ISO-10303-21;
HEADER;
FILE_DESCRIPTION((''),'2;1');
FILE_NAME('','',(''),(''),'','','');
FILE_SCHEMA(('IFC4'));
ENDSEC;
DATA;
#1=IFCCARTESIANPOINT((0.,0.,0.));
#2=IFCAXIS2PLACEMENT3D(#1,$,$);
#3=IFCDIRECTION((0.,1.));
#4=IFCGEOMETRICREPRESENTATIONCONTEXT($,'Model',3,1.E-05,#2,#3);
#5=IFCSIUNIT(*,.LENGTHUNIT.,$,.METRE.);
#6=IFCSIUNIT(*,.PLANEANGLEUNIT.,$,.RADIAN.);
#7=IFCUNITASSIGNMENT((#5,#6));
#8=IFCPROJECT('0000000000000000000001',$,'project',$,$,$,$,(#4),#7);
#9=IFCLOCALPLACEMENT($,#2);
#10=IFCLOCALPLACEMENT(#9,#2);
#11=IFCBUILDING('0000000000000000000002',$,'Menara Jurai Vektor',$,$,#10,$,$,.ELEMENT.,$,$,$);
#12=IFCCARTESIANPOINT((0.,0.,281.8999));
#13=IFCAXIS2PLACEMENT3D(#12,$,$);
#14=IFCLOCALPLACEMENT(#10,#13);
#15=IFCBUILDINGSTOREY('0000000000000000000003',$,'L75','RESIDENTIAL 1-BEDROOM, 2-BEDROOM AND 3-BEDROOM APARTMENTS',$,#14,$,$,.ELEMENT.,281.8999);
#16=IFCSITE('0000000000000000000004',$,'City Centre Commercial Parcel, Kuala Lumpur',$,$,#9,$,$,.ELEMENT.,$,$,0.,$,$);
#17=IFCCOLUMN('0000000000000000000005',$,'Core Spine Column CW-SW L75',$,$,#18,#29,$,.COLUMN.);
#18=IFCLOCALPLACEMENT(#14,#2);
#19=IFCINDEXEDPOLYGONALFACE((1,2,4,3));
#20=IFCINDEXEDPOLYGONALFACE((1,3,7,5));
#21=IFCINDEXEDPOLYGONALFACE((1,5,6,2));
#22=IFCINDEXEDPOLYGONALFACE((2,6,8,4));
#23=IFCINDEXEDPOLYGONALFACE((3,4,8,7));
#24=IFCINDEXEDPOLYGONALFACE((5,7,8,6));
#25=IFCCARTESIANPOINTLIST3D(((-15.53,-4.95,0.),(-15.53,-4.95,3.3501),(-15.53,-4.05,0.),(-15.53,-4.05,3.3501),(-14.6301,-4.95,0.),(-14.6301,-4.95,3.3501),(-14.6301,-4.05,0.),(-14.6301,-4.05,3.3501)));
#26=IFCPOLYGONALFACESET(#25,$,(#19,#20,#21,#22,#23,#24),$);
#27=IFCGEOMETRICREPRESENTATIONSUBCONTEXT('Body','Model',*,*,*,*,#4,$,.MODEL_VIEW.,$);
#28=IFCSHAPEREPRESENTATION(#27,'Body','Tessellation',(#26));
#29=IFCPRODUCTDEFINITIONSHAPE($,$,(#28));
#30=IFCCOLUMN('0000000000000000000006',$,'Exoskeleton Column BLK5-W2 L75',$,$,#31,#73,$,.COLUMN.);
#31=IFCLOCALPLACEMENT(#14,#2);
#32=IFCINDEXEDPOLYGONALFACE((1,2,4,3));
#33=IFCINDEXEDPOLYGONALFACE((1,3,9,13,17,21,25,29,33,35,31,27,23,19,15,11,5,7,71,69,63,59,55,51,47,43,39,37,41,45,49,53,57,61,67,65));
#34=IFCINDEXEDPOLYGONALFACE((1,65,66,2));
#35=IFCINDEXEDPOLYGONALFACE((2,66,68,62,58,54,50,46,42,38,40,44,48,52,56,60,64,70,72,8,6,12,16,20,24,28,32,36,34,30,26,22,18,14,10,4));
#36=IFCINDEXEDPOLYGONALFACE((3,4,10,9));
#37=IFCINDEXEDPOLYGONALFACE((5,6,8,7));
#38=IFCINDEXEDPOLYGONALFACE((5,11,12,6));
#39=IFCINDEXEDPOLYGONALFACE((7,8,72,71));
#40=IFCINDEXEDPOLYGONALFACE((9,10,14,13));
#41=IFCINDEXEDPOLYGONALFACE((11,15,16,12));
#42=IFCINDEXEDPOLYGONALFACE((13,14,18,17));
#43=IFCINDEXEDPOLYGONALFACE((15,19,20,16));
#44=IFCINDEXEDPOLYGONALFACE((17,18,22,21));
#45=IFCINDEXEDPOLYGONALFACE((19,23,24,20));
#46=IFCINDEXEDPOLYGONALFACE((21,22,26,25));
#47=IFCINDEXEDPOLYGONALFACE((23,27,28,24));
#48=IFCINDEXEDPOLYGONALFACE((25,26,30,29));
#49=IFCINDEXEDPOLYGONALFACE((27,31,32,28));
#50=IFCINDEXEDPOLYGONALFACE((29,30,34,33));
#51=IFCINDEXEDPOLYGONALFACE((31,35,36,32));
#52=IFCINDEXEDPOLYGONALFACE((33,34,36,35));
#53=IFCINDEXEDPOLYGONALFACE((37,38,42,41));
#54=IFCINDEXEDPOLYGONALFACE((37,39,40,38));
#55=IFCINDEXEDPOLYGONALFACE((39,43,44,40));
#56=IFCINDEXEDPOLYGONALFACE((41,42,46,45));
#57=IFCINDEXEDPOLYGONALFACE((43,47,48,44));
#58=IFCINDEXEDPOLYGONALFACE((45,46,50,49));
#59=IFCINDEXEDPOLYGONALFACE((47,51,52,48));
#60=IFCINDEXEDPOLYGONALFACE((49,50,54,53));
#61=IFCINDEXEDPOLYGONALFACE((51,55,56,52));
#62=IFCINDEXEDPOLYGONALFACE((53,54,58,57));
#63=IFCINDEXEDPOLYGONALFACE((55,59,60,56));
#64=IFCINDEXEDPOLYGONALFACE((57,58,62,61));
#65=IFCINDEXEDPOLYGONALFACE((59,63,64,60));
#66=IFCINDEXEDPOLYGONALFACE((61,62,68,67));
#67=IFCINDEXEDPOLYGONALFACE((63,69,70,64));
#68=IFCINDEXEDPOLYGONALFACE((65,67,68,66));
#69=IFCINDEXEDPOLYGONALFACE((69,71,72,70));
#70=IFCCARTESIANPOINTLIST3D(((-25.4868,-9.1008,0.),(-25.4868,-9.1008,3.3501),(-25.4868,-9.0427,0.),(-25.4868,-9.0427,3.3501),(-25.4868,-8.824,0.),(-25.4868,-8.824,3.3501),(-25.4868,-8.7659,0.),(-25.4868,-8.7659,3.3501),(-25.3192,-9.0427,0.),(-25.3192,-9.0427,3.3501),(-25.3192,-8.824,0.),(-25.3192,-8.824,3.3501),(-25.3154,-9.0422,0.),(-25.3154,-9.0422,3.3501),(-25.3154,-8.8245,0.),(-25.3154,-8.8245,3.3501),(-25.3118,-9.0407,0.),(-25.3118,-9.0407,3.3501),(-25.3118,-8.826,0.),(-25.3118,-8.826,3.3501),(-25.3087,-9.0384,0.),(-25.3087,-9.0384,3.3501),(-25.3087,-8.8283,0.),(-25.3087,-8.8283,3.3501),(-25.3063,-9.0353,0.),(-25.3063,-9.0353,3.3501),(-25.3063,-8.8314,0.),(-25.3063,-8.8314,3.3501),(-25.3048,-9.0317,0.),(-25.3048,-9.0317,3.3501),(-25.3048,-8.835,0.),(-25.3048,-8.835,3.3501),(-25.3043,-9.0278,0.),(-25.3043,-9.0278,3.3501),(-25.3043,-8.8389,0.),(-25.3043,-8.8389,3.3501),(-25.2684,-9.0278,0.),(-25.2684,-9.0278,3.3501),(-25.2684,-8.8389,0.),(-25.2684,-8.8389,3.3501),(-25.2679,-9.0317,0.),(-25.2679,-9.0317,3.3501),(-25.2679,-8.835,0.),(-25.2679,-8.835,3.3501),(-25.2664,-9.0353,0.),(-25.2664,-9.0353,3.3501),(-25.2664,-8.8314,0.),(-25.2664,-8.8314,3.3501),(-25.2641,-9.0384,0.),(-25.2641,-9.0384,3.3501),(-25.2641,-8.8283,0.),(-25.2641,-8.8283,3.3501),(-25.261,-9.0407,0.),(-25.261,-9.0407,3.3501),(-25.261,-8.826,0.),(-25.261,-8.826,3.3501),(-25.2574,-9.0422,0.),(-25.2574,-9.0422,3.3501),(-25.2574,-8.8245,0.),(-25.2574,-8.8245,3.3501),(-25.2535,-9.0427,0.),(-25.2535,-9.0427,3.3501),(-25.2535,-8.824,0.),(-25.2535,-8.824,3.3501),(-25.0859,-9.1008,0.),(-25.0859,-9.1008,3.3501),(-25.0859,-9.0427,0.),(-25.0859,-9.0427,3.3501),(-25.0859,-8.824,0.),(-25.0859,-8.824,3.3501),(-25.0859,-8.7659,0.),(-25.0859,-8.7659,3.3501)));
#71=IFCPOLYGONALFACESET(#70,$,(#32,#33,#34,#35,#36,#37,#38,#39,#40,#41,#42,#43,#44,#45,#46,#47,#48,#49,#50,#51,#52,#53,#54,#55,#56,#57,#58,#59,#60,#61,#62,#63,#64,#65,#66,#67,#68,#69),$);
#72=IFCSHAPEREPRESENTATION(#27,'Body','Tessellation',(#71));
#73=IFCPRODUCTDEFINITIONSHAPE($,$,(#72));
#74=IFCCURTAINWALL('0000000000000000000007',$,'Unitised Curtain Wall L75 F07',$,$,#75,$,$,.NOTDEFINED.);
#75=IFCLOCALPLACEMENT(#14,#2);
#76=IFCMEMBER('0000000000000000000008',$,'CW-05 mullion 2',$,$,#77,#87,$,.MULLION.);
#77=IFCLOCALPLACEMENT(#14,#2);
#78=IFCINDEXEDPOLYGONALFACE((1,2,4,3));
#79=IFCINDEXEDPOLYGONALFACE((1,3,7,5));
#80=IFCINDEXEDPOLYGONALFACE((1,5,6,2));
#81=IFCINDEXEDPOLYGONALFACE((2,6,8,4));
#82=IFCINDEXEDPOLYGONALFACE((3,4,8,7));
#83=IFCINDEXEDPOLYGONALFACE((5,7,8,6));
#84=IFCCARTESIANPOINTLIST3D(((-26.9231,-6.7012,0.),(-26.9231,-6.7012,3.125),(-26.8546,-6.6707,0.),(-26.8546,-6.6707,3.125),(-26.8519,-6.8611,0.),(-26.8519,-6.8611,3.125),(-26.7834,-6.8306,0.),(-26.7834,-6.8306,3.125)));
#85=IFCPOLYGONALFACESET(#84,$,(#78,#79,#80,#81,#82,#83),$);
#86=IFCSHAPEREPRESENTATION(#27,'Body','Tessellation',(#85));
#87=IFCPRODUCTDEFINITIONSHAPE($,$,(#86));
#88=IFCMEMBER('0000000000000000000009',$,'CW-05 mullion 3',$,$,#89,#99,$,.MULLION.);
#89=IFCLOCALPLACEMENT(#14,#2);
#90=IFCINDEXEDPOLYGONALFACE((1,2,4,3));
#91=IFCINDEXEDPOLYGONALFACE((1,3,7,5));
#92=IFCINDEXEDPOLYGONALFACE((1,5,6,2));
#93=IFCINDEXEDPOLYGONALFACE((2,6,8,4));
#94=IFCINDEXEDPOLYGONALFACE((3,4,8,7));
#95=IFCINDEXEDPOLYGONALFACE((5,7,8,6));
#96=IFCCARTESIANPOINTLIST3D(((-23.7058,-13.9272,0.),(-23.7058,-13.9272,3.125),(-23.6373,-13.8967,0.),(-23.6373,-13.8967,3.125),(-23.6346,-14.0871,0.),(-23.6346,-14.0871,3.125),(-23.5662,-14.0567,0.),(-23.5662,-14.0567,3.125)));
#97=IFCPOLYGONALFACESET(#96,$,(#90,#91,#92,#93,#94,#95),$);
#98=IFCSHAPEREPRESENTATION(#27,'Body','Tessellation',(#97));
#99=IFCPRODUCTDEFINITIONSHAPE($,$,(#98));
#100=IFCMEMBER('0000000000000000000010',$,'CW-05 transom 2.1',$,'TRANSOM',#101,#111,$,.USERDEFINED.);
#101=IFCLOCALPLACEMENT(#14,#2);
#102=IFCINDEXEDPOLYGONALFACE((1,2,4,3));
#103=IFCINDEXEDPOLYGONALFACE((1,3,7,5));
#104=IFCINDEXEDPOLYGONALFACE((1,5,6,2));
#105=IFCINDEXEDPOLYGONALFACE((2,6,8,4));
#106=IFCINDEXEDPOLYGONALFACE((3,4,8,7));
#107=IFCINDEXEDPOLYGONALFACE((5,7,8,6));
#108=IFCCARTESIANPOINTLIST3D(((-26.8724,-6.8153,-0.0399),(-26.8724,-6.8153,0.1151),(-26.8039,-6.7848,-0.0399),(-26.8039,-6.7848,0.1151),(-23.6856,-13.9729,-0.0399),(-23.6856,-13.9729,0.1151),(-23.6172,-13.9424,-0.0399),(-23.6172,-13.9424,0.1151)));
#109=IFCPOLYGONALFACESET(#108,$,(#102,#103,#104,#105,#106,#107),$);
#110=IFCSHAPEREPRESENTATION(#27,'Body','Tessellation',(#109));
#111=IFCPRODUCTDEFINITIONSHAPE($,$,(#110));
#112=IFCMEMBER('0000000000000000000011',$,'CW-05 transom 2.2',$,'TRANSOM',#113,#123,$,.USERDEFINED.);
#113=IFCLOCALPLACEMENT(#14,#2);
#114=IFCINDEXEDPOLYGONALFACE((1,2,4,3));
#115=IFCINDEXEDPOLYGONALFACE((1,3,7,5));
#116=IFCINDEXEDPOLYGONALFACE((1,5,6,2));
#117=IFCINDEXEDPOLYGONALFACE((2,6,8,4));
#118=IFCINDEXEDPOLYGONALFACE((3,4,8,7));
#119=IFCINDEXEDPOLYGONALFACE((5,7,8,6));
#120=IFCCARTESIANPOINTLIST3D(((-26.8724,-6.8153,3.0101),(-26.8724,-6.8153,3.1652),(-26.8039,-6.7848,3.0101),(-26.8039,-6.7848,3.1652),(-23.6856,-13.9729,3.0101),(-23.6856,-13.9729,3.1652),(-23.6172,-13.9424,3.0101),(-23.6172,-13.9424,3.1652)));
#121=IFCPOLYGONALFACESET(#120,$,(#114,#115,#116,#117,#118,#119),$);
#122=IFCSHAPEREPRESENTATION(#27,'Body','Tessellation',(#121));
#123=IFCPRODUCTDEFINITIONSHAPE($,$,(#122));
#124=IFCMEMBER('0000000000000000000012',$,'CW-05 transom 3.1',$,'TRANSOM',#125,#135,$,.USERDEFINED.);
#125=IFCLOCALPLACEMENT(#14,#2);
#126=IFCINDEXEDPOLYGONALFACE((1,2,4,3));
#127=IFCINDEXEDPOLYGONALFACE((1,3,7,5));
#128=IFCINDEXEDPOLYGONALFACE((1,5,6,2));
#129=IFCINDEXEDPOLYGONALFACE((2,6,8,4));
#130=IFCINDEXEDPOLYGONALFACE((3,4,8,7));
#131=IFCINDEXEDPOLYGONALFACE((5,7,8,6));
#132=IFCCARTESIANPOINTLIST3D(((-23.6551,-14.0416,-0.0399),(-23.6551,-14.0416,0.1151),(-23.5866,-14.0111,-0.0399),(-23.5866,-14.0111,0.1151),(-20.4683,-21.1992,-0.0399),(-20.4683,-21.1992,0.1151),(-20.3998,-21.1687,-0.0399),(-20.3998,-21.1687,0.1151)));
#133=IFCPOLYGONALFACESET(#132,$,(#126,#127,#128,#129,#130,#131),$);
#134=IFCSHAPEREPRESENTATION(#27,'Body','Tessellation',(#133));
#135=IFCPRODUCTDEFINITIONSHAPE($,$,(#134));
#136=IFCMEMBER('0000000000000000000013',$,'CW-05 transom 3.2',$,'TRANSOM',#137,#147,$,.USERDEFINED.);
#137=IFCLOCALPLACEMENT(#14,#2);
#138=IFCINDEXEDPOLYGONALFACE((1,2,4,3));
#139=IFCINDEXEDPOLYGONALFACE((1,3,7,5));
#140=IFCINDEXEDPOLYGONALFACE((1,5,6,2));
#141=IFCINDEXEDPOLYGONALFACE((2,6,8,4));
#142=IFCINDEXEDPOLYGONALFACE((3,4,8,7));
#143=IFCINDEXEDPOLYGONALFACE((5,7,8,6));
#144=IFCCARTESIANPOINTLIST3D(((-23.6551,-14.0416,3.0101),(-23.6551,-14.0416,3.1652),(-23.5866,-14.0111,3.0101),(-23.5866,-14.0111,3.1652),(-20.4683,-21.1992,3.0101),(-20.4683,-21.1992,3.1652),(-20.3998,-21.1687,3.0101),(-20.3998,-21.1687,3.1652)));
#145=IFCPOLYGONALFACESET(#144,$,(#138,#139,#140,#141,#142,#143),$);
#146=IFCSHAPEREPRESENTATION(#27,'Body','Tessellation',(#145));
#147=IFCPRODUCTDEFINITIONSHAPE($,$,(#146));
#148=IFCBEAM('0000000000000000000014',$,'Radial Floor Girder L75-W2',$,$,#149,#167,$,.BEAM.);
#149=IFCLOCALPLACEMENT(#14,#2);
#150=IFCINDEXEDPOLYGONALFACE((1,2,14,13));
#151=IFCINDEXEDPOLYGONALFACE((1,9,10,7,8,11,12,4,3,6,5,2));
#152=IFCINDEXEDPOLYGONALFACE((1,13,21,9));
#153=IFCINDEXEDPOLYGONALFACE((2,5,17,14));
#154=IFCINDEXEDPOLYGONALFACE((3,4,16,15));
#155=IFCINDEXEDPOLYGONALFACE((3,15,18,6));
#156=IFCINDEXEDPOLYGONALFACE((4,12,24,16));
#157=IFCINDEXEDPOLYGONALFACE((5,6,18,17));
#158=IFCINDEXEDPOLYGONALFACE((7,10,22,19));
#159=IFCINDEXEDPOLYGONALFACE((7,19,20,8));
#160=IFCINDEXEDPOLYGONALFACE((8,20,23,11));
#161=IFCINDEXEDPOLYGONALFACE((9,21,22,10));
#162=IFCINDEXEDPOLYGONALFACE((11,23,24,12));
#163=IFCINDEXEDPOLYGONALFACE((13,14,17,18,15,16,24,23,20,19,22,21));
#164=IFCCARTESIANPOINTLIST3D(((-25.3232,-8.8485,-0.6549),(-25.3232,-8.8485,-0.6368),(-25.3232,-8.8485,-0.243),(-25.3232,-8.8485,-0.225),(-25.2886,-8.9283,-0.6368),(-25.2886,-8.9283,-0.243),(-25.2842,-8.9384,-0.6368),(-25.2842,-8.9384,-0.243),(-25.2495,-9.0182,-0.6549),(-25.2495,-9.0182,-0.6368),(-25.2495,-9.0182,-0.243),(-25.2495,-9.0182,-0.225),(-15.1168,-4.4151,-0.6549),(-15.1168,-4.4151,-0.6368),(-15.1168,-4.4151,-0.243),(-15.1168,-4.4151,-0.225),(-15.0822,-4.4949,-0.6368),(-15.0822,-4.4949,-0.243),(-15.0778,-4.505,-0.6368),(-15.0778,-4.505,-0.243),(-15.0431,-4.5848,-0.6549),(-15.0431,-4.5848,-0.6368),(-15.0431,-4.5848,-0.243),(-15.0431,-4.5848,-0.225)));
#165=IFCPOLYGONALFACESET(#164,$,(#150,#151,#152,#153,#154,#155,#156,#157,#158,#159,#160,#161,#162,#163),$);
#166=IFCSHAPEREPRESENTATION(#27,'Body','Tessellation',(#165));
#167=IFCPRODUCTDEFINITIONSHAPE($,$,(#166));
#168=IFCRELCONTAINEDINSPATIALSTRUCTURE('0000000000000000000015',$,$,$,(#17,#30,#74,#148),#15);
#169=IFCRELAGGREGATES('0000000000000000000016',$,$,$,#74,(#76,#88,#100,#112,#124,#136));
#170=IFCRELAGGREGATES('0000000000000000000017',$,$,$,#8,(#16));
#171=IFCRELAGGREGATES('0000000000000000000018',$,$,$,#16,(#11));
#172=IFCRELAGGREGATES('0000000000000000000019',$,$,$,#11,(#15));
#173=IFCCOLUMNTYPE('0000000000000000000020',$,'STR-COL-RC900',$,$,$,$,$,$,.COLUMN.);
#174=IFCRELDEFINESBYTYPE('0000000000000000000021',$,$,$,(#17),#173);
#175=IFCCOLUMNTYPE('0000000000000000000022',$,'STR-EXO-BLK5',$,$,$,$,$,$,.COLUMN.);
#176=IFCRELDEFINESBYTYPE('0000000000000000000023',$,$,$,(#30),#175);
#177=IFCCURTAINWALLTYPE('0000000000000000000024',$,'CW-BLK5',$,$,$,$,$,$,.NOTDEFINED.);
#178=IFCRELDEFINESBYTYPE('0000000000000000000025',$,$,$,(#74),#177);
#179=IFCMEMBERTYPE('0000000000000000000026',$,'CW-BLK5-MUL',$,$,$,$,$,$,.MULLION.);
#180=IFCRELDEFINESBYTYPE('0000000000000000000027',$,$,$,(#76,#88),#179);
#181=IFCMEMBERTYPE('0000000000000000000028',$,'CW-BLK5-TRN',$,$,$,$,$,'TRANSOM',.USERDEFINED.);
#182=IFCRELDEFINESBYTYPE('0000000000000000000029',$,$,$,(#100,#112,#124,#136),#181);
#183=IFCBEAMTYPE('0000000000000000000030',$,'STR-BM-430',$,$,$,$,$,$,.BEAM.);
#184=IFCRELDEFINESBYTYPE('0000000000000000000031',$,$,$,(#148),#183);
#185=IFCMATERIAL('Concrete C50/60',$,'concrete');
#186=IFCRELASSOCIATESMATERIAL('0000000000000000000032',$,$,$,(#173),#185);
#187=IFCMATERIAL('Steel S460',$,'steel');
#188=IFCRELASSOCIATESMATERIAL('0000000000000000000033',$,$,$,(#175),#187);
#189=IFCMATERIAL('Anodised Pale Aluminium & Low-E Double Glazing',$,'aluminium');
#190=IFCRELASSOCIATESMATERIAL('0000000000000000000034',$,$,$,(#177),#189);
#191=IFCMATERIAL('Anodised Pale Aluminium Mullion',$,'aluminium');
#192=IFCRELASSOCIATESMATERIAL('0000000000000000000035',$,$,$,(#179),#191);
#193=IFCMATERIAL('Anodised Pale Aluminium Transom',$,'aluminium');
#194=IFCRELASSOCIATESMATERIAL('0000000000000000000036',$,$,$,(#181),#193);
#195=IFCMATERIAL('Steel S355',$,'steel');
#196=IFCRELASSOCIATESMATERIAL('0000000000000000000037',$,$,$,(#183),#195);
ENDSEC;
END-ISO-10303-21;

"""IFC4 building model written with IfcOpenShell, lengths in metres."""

from ifc_helpers import new_model, si_unit, direction, frame, origin, origin_2d, place, context, subcontext, project, spatial, rectangle, i_section, extrude, material, material_profile, profile_set, type_object, element, aggregate, save


model = new_model("IFC4")

# Units and contexts
model_context = context("Model", 3, precision=1e-05, world=origin(), true_north=direction((0.0, 1.0)))
body_context = subcontext(model_context, "Body", "Model", "MODEL_VIEW")
ifc_project = project(units=[si_unit("LENGTHUNIT", "METRE"), si_unit("PLANEANGLEUNIT", "RADIAN")], contexts=[model_context])

# Site, building, storey
site_placement = place(None, origin())
site = spatial("IfcSite", under=ifc_project, at=site_placement, Name="City Centre Commercial Parcel, Kuala Lumpur", CompositionType="ELEMENT", RefElevation=0.0)
building_placement = place(site_placement, origin())
building = spatial("IfcBuilding", under=site, at=building_placement, Name="Menara Jurai Vektor", CompositionType="ELEMENT")
storey_placement = place(building_placement, frame((0.0, 0.0, 281.8999)))
storey = spatial("IfcBuildingStorey", under=building, at=storey_placement, Name="L75", Description="RESIDENTIAL 1-BEDROOM, 2-BEDROOM AND 3-BEDROOM APARTMENTS", CompositionType="ELEMENT", Elevation=281.8999)

# Columns
ifc_material_1 = material(Name="Concrete C50/60", Category="concrete")
ifc_material_profile_1 = material_profile(ifc_material_1, rectangle(XDim=0.8999, YDim=0.8999, at=origin_2d()), Name="RC 900x900")
ifc_profile_set_1 = profile_set([ifc_material_profile_1], Name="Concrete C50/60")
column_type_1 = type_object("IfcColumnType", Name="STR-COL-RC900", PredefinedType="COLUMN", material=ifc_profile_set_1)
column_1_placement = place(storey_placement, frame((-15.0801, -4.5, 0.0), z_axis=(0.0, 0.0, 1.0), x_axis=(1.0, 0.0, 0.0)))
element("IfcColumn", 1, at=column_1_placement, inside=storey, type_object=column_type_1, Name="Core Spine Column CW-SW L75", PredefinedType="COLUMN", context=body_context, shape_type="SweptSolid", body=[
    extrude(rectangle(XDim=0.8999, YDim=0.8999, at=origin_2d()), origin(), (0.0, 0.0, 1.0), 3.3501),
])
ifc_material_2 = material(Name="Steel S460", Category="steel")
ifc_material_profile_2 = material_profile(ifc_material_2, i_section(OverallWidth=0.4009, OverallDepth=0.335, WebThickness=0.0359, FlangeThickness=0.0581, FilletRadius=0.0149, at=origin_2d()), Name="HD 400x463")
ifc_profile_set_2 = profile_set([ifc_material_profile_2], Name="Steel S460")
column_type_2 = type_object("IfcColumnType", Name="STR-EXO-BLK5", PredefinedType="COLUMN", material=ifc_profile_set_2)
column_2_placement = place(storey_placement, frame((-25.2864, -8.9333, 0.0), z_axis=(0.0, 0.0, 1.0), x_axis=(1.0, 0.0, 0.0)))
element("IfcColumn", 2, at=column_2_placement, inside=storey, type_object=column_type_2, Name="Exoskeleton Column BLK5-W2 L75", PredefinedType="COLUMN", context=body_context, shape_type="SweptSolid", body=[
    extrude(i_section(OverallWidth=0.4009, OverallDepth=0.335, WebThickness=0.0359, FlangeThickness=0.0581, FilletRadius=0.0149, at=origin_2d()), origin(), (0.0, 0.0, 1.0), 3.3501),
])

# Curtain wall, members
ifc_material_3 = material(Name="Anodised Pale Aluminium & Low-E Double Glazing", Category="aluminium")
curtain_wall_type = type_object("IfcCurtainWallType", Name="CW-BLK5", PredefinedType="NOTDEFINED", material=ifc_material_3)
curtain_wall_placement = place(storey_placement, origin())
curtain_wall = element("IfcCurtainWall", 3, at=curtain_wall_placement, inside=storey, type_object=curtain_wall_type, Name="Unitised Curtain Wall L75 F07", PredefinedType="NOTDEFINED")
ifc_material_4 = material(Name="Anodised Pale Aluminium Mullion", Category="aluminium")
ifc_material_profile_3 = material_profile(ifc_material_4, rectangle(XDim=0.075, YDim=0.175, at=origin_2d()), Name="ALU MUL 75x175")
ifc_profile_set_3 = profile_set([ifc_material_profile_3], Name="Anodised Pale Aluminium Mullion")
member_type_1 = type_object("IfcMemberType", Name="CW-BLK5-MUL", PredefinedType="MULLION", material=ifc_profile_set_3)
member_1_placement = place(storey_placement, frame((-26.8533, -6.7659, 0.0), z_axis=(0.0, 0.0, 1.0), x_axis=(0.913546, 0.406735, 0.0)))
member_1 = element("IfcMember", 4, at=member_1_placement, type_object=member_type_1, Name="CW-05 mullion 2", PredefinedType="MULLION", context=body_context, shape_type="SweptSolid", body=[
    extrude(rectangle(XDim=0.075, YDim=0.175, at=origin_2d()), origin(), (0.0, 0.0, 1.0), 3.125),
])
member_2_placement = place(storey_placement, frame((-23.636, -13.9919, 0.0), z_axis=(0.0, 0.0, 1.0), x_axis=(0.913546, 0.406735, 0.0)))
member_2 = element("IfcMember", 5, at=member_2_placement, type_object=member_type_1, Name="CW-05 mullion 3", PredefinedType="MULLION", context=body_context, shape_type="SweptSolid", body=[
    extrude(rectangle(XDim=0.075, YDim=0.175, at=origin_2d()), origin(), (0.0, 0.0, 1.0), 3.125),
])
ifc_material_5 = material(Name="Anodised Pale Aluminium Transom", Category="aluminium")
ifc_material_profile_4 = material_profile(ifc_material_5, rectangle(XDim=0.075, YDim=0.155, at=origin_2d()), Name="ALU TRN 75x155")
ifc_profile_set_4 = profile_set([ifc_material_profile_4], Name="Anodised Pale Aluminium Transom")
member_type_2 = type_object("IfcMemberType", Name="CW-BLK5-TRN", ElementType="TRANSOM", PredefinedType="USERDEFINED", material=ifc_profile_set_4)
member_3_placement = place(storey_placement, frame((-26.8381, -6.8, 0.0376), z_axis=(0.406731, -0.913548, 0.0), x_axis=(0.913548, 0.406731, 0.0)))
member_3 = element("IfcMember", 6, at=member_3_placement, type_object=member_type_2, Name="CW-05 transom 2.1", ObjectType="TRANSOM", PredefinedType="USERDEFINED", context=body_context, shape_type="SweptSolid", body=[
    extrude(rectangle(XDim=0.075, YDim=0.155, at=origin_2d()), origin(), (0.0, 0.0, 1.0), 7.835),
])
member_4_placement = place(storey_placement, frame((-26.8381, -6.8, 3.0876), z_axis=(0.406731, -0.913548, 0.0), x_axis=(0.913548, 0.406731, 0.0)))
member_4 = element("IfcMember", 7, at=member_4_placement, type_object=member_type_2, Name="CW-05 transom 2.2", ObjectType="TRANSOM", PredefinedType="USERDEFINED", context=body_context, shape_type="SweptSolid", body=[
    extrude(rectangle(XDim=0.075, YDim=0.155, at=origin_2d()), origin(), (0.0, 0.0, 1.0), 7.835),
])
member_5_placement = place(storey_placement, frame((-23.6208, -14.0264, 0.0376), z_axis=(0.406743, -0.913543, 0.0), x_axis=(0.913543, 0.406743, 0.0)))
member_5 = element("IfcMember", 8, at=member_5_placement, type_object=member_type_2, Name="CW-05 transom 3.1", ObjectType="TRANSOM", PredefinedType="USERDEFINED", context=body_context, shape_type="SweptSolid", body=[
    extrude(rectangle(XDim=0.075, YDim=0.155, at=origin_2d()), origin(), (0.0, 0.0, 1.0), 7.835),
])
member_6_placement = place(storey_placement, frame((-23.6208, -14.0264, 3.0876), z_axis=(0.406743, -0.913543, 0.0), x_axis=(0.913543, 0.406743, 0.0)))
member_6 = element("IfcMember", 9, at=member_6_placement, type_object=member_type_2, Name="CW-05 transom 3.2", ObjectType="TRANSOM", PredefinedType="USERDEFINED", context=body_context, shape_type="SweptSolid", body=[
    extrude(rectangle(XDim=0.075, YDim=0.155, at=origin_2d()), origin(), (0.0, 0.0, 1.0), 7.835),
])

# Beam
ifc_material_6 = material(Name="Steel S355", Category="steel")
ifc_material_profile_5 = material_profile(ifc_material_6, i_section(OverallWidth=0.1851, OverallDepth=0.4299, WebThickness=0.011, FlangeThickness=0.0181, at=origin_2d()), Name="PG 430x185x76")
ifc_profile_set_5 = profile_set([ifc_material_profile_5], Name="Steel S355")
beam_type_1 = type_object("IfcBeamType", Name="STR-BM-430", PredefinedType="BEAM", material=ifc_profile_set_5)
beam_1_placement = place(storey_placement, frame((-25.2864, -8.9333, -0.4399), z_axis=(0.917207, 0.398411, 0.0), x_axis=(-0.398411, 0.917207, 0.0)))
element("IfcBeam", 10, at=beam_1_placement, inside=storey, type_object=beam_type_1, Name="Radial Floor Girder L75-W2", PredefinedType="BEAM", context=body_context, shape_type="SweptSolid", body=[
    extrude(i_section(OverallWidth=0.1851, OverallDepth=0.4299, WebThickness=0.011, FlangeThickness=0.0181, at=origin_2d()), origin(), (0.0, 0.0, 1.0), 11.1277),
])

aggregate(curtain_wall, [member_1, member_2, member_3, member_4, member_5, member_6])

save(model, "model.ifc")
